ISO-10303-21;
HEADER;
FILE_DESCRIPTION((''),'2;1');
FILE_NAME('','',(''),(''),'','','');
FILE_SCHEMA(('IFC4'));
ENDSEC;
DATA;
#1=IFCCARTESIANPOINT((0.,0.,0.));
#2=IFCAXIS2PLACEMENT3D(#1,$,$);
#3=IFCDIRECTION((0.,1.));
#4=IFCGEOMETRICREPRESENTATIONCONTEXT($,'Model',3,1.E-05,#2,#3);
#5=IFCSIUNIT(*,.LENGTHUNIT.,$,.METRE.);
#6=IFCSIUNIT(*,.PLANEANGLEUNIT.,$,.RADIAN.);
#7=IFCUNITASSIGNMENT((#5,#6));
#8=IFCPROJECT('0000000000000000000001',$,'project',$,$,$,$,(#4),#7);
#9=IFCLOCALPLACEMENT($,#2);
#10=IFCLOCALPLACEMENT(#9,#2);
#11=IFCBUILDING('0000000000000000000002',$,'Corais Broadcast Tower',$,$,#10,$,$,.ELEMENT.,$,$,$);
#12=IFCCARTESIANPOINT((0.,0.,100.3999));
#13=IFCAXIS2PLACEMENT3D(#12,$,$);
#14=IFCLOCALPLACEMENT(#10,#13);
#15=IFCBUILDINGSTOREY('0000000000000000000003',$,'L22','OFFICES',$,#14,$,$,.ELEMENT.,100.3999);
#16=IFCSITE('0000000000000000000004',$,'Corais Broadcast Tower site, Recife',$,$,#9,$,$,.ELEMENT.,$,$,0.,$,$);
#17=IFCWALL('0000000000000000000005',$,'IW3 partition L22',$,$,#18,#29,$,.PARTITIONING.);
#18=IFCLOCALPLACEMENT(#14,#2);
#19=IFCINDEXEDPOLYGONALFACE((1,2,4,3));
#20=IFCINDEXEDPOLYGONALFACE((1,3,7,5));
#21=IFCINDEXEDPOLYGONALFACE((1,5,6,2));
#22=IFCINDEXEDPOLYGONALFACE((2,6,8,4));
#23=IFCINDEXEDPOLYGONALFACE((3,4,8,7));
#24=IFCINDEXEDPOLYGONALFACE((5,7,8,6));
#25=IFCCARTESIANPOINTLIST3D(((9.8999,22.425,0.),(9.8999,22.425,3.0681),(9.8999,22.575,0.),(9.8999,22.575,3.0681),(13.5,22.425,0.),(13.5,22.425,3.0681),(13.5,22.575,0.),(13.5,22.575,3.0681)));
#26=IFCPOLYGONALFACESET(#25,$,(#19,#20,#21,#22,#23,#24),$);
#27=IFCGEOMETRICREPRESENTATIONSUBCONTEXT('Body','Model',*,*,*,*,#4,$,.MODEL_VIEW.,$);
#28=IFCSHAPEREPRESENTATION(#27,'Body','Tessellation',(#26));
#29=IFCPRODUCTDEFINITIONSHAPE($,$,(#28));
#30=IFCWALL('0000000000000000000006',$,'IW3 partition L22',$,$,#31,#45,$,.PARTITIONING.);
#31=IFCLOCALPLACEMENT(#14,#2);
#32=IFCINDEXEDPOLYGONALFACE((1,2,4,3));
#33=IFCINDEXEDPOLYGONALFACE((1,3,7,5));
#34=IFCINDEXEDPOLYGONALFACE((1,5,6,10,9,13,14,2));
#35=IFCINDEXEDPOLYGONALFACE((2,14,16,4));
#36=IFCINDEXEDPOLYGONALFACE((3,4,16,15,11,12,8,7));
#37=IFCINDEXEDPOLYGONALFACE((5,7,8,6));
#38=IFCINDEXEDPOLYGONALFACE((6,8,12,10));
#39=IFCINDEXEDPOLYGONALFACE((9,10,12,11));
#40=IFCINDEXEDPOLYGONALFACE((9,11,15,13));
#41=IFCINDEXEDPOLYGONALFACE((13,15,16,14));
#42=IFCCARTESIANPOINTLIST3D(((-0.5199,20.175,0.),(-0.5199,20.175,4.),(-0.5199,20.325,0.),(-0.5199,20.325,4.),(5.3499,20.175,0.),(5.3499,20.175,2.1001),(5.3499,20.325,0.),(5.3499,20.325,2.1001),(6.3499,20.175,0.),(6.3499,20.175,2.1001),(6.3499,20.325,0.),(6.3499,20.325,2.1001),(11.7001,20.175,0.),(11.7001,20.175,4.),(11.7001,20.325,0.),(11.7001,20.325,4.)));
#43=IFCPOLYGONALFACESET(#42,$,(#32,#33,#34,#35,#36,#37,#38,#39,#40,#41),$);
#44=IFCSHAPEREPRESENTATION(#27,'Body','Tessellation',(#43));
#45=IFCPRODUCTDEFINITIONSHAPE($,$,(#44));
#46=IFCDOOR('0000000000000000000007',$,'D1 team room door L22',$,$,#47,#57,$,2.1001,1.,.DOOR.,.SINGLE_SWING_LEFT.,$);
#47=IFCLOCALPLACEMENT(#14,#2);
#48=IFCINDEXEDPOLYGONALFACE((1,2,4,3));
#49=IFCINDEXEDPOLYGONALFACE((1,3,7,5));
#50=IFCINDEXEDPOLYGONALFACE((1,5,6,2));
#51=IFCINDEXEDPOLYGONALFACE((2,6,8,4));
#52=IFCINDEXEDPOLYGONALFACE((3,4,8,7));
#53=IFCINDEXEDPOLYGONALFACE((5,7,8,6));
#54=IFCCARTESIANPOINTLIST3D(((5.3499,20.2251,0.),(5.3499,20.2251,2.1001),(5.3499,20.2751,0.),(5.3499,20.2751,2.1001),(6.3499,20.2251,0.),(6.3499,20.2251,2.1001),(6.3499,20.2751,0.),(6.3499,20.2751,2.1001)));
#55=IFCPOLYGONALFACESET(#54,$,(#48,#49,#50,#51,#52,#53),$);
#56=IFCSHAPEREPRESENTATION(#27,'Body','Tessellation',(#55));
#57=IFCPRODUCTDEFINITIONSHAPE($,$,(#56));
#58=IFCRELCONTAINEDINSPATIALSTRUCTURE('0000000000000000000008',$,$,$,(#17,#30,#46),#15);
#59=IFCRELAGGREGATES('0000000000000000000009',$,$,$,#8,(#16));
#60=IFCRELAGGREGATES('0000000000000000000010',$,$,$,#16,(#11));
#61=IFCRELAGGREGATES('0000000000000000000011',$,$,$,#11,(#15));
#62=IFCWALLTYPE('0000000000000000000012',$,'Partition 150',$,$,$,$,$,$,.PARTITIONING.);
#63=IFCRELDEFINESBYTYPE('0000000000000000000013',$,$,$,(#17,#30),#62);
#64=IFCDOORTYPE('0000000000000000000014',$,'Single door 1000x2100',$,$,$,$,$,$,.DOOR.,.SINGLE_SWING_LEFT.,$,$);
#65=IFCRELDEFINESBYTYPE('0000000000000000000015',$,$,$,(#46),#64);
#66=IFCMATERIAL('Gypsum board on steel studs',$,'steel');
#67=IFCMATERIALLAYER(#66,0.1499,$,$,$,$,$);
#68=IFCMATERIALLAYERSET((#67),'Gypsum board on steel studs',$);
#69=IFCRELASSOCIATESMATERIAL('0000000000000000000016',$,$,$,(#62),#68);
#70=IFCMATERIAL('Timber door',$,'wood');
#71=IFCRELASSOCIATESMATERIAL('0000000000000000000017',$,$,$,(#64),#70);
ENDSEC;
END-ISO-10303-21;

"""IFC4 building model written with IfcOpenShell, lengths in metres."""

from ifc_helpers import new_model, si_unit, direction, frame, frame_2d, origin, place, context, subcontext, project, spatial, rectangle, extrude, material, layer, layer_set, type_object, element, fill, save


model = new_model("IFC4")

# Units and contexts
model_context = context("Model", 3, precision=1e-05, world=origin(), true_north=direction((0.0, 1.0)))
body_context = subcontext(model_context, "Body", "Model", "MODEL_VIEW")
ifc_project = project(units=[si_unit("LENGTHUNIT", "METRE"), si_unit("PLANEANGLEUNIT", "RADIAN")], contexts=[model_context])

# Site, building, storey
site_placement = place(None, origin())
site = spatial("IfcSite", under=ifc_project, at=site_placement, Name="Corais Broadcast Tower site, Recife", CompositionType="ELEMENT", RefElevation=0.0)
building_placement = place(site_placement, origin())
building = spatial("IfcBuilding", under=site, at=building_placement, Name="Corais Broadcast Tower", CompositionType="ELEMENT")
storey_placement = place(building_placement, frame((0.0, 0.0, 100.3999)))
storey = spatial("IfcBuildingStorey", under=building, at=storey_placement, Name="L22", Description="OFFICES", CompositionType="ELEMENT", Elevation=100.3999)

# Wall
ifc_material_1 = material(Name="Gypsum board on steel studs", Category="steel")
ifc_layer_1 = layer(ifc_material_1, 0.1499)
ifc_layer_set_1 = layer_set([ifc_layer_1], Name="Gypsum board on steel studs")
wall_type = type_object("IfcWallType", Name="Partition 150", PredefinedType="PARTITIONING", material=ifc_layer_set_1)
wall_1_placement = place(storey_placement, frame((9.8999, 22.5, 0.0), z_axis=(0.0, 0.0, 1.0), x_axis=(1.0, 0.0, 0.0)))
element("IfcWall", 1, at=wall_1_placement, inside=storey, type_object=wall_type, Name="IW3 partition L22", PredefinedType="PARTITIONING", context=body_context, shape_type="SweptSolid", body=[
    extrude(rectangle(XDim=3.6001, YDim=0.1499, at=frame_2d((1.8, 0.0))), origin(), (0.0, 0.0, 1.0), 3.0681),
])

# Wall, opening, door
wall_2_placement = place(storey_placement, frame((11.7, 20.25, 0.0), z_axis=(0.0, 0.0, 1.0), x_axis=(-1.0, 0.0, 0.0)))
wall_2 = element("IfcWall", 2, at=wall_2_placement, inside=storey, type_object=wall_type, Name="IW3 partition L22", PredefinedType="PARTITIONING", context=body_context, shape_type="SweptSolid", body=[
    extrude(rectangle(XDim=12.22, YDim=0.1499, at=frame_2d((6.1099, 0.0))), origin(), (0.0, 0.0, 1.0), 4.0),
])
opening_placement = place(wall_2_placement, frame((5.3501, 0.0, 0.0)))
opening = element("IfcOpeningElement", 3, at=opening_placement, cuts=wall_2, PredefinedType="OPENING", context=body_context, shape_type="SweptSolid", body=[
    extrude(rectangle(XDim=1.0, YDim=2.1001, at=frame_2d((0.5, 1.05))), frame((0.0, 0.085, 0.0), z_axis=(0.0, -1.0, 0.0), x_axis=(1.0, 0.0, 0.0)), (0.0, 0.0, 1.0), 0.1699),
])
ifc_material_2 = material(Name="Timber door", Category="wood")
door_type = type_object("IfcDoorType", Name="Single door 1000x2100", OperationType="SINGLE_SWING_LEFT", PredefinedType="DOOR", material=ifc_material_2)
door_placement = place(opening_placement, origin())
door = element("IfcDoor", 4, at=door_placement, inside=storey, type_object=door_type, Name="D1 team room door L22", OperationType="SINGLE_SWING_LEFT", OverallHeight=2.1001, OverallWidth=1.0, PredefinedType="DOOR", context=body_context, shape_type="SweptSolid", body=[
    extrude(rectangle(XDim=1.0, YDim=2.1001, at=frame_2d((0.5, 1.05))), frame((0.0, 0.0249, 0.0), z_axis=(0.0, -1.0, 0.0), x_axis=(1.0, 0.0, 0.0)), (0.0, 0.0, 1.0), 0.05),
])
fill(opening, door)

save(model, "model.ifc")
